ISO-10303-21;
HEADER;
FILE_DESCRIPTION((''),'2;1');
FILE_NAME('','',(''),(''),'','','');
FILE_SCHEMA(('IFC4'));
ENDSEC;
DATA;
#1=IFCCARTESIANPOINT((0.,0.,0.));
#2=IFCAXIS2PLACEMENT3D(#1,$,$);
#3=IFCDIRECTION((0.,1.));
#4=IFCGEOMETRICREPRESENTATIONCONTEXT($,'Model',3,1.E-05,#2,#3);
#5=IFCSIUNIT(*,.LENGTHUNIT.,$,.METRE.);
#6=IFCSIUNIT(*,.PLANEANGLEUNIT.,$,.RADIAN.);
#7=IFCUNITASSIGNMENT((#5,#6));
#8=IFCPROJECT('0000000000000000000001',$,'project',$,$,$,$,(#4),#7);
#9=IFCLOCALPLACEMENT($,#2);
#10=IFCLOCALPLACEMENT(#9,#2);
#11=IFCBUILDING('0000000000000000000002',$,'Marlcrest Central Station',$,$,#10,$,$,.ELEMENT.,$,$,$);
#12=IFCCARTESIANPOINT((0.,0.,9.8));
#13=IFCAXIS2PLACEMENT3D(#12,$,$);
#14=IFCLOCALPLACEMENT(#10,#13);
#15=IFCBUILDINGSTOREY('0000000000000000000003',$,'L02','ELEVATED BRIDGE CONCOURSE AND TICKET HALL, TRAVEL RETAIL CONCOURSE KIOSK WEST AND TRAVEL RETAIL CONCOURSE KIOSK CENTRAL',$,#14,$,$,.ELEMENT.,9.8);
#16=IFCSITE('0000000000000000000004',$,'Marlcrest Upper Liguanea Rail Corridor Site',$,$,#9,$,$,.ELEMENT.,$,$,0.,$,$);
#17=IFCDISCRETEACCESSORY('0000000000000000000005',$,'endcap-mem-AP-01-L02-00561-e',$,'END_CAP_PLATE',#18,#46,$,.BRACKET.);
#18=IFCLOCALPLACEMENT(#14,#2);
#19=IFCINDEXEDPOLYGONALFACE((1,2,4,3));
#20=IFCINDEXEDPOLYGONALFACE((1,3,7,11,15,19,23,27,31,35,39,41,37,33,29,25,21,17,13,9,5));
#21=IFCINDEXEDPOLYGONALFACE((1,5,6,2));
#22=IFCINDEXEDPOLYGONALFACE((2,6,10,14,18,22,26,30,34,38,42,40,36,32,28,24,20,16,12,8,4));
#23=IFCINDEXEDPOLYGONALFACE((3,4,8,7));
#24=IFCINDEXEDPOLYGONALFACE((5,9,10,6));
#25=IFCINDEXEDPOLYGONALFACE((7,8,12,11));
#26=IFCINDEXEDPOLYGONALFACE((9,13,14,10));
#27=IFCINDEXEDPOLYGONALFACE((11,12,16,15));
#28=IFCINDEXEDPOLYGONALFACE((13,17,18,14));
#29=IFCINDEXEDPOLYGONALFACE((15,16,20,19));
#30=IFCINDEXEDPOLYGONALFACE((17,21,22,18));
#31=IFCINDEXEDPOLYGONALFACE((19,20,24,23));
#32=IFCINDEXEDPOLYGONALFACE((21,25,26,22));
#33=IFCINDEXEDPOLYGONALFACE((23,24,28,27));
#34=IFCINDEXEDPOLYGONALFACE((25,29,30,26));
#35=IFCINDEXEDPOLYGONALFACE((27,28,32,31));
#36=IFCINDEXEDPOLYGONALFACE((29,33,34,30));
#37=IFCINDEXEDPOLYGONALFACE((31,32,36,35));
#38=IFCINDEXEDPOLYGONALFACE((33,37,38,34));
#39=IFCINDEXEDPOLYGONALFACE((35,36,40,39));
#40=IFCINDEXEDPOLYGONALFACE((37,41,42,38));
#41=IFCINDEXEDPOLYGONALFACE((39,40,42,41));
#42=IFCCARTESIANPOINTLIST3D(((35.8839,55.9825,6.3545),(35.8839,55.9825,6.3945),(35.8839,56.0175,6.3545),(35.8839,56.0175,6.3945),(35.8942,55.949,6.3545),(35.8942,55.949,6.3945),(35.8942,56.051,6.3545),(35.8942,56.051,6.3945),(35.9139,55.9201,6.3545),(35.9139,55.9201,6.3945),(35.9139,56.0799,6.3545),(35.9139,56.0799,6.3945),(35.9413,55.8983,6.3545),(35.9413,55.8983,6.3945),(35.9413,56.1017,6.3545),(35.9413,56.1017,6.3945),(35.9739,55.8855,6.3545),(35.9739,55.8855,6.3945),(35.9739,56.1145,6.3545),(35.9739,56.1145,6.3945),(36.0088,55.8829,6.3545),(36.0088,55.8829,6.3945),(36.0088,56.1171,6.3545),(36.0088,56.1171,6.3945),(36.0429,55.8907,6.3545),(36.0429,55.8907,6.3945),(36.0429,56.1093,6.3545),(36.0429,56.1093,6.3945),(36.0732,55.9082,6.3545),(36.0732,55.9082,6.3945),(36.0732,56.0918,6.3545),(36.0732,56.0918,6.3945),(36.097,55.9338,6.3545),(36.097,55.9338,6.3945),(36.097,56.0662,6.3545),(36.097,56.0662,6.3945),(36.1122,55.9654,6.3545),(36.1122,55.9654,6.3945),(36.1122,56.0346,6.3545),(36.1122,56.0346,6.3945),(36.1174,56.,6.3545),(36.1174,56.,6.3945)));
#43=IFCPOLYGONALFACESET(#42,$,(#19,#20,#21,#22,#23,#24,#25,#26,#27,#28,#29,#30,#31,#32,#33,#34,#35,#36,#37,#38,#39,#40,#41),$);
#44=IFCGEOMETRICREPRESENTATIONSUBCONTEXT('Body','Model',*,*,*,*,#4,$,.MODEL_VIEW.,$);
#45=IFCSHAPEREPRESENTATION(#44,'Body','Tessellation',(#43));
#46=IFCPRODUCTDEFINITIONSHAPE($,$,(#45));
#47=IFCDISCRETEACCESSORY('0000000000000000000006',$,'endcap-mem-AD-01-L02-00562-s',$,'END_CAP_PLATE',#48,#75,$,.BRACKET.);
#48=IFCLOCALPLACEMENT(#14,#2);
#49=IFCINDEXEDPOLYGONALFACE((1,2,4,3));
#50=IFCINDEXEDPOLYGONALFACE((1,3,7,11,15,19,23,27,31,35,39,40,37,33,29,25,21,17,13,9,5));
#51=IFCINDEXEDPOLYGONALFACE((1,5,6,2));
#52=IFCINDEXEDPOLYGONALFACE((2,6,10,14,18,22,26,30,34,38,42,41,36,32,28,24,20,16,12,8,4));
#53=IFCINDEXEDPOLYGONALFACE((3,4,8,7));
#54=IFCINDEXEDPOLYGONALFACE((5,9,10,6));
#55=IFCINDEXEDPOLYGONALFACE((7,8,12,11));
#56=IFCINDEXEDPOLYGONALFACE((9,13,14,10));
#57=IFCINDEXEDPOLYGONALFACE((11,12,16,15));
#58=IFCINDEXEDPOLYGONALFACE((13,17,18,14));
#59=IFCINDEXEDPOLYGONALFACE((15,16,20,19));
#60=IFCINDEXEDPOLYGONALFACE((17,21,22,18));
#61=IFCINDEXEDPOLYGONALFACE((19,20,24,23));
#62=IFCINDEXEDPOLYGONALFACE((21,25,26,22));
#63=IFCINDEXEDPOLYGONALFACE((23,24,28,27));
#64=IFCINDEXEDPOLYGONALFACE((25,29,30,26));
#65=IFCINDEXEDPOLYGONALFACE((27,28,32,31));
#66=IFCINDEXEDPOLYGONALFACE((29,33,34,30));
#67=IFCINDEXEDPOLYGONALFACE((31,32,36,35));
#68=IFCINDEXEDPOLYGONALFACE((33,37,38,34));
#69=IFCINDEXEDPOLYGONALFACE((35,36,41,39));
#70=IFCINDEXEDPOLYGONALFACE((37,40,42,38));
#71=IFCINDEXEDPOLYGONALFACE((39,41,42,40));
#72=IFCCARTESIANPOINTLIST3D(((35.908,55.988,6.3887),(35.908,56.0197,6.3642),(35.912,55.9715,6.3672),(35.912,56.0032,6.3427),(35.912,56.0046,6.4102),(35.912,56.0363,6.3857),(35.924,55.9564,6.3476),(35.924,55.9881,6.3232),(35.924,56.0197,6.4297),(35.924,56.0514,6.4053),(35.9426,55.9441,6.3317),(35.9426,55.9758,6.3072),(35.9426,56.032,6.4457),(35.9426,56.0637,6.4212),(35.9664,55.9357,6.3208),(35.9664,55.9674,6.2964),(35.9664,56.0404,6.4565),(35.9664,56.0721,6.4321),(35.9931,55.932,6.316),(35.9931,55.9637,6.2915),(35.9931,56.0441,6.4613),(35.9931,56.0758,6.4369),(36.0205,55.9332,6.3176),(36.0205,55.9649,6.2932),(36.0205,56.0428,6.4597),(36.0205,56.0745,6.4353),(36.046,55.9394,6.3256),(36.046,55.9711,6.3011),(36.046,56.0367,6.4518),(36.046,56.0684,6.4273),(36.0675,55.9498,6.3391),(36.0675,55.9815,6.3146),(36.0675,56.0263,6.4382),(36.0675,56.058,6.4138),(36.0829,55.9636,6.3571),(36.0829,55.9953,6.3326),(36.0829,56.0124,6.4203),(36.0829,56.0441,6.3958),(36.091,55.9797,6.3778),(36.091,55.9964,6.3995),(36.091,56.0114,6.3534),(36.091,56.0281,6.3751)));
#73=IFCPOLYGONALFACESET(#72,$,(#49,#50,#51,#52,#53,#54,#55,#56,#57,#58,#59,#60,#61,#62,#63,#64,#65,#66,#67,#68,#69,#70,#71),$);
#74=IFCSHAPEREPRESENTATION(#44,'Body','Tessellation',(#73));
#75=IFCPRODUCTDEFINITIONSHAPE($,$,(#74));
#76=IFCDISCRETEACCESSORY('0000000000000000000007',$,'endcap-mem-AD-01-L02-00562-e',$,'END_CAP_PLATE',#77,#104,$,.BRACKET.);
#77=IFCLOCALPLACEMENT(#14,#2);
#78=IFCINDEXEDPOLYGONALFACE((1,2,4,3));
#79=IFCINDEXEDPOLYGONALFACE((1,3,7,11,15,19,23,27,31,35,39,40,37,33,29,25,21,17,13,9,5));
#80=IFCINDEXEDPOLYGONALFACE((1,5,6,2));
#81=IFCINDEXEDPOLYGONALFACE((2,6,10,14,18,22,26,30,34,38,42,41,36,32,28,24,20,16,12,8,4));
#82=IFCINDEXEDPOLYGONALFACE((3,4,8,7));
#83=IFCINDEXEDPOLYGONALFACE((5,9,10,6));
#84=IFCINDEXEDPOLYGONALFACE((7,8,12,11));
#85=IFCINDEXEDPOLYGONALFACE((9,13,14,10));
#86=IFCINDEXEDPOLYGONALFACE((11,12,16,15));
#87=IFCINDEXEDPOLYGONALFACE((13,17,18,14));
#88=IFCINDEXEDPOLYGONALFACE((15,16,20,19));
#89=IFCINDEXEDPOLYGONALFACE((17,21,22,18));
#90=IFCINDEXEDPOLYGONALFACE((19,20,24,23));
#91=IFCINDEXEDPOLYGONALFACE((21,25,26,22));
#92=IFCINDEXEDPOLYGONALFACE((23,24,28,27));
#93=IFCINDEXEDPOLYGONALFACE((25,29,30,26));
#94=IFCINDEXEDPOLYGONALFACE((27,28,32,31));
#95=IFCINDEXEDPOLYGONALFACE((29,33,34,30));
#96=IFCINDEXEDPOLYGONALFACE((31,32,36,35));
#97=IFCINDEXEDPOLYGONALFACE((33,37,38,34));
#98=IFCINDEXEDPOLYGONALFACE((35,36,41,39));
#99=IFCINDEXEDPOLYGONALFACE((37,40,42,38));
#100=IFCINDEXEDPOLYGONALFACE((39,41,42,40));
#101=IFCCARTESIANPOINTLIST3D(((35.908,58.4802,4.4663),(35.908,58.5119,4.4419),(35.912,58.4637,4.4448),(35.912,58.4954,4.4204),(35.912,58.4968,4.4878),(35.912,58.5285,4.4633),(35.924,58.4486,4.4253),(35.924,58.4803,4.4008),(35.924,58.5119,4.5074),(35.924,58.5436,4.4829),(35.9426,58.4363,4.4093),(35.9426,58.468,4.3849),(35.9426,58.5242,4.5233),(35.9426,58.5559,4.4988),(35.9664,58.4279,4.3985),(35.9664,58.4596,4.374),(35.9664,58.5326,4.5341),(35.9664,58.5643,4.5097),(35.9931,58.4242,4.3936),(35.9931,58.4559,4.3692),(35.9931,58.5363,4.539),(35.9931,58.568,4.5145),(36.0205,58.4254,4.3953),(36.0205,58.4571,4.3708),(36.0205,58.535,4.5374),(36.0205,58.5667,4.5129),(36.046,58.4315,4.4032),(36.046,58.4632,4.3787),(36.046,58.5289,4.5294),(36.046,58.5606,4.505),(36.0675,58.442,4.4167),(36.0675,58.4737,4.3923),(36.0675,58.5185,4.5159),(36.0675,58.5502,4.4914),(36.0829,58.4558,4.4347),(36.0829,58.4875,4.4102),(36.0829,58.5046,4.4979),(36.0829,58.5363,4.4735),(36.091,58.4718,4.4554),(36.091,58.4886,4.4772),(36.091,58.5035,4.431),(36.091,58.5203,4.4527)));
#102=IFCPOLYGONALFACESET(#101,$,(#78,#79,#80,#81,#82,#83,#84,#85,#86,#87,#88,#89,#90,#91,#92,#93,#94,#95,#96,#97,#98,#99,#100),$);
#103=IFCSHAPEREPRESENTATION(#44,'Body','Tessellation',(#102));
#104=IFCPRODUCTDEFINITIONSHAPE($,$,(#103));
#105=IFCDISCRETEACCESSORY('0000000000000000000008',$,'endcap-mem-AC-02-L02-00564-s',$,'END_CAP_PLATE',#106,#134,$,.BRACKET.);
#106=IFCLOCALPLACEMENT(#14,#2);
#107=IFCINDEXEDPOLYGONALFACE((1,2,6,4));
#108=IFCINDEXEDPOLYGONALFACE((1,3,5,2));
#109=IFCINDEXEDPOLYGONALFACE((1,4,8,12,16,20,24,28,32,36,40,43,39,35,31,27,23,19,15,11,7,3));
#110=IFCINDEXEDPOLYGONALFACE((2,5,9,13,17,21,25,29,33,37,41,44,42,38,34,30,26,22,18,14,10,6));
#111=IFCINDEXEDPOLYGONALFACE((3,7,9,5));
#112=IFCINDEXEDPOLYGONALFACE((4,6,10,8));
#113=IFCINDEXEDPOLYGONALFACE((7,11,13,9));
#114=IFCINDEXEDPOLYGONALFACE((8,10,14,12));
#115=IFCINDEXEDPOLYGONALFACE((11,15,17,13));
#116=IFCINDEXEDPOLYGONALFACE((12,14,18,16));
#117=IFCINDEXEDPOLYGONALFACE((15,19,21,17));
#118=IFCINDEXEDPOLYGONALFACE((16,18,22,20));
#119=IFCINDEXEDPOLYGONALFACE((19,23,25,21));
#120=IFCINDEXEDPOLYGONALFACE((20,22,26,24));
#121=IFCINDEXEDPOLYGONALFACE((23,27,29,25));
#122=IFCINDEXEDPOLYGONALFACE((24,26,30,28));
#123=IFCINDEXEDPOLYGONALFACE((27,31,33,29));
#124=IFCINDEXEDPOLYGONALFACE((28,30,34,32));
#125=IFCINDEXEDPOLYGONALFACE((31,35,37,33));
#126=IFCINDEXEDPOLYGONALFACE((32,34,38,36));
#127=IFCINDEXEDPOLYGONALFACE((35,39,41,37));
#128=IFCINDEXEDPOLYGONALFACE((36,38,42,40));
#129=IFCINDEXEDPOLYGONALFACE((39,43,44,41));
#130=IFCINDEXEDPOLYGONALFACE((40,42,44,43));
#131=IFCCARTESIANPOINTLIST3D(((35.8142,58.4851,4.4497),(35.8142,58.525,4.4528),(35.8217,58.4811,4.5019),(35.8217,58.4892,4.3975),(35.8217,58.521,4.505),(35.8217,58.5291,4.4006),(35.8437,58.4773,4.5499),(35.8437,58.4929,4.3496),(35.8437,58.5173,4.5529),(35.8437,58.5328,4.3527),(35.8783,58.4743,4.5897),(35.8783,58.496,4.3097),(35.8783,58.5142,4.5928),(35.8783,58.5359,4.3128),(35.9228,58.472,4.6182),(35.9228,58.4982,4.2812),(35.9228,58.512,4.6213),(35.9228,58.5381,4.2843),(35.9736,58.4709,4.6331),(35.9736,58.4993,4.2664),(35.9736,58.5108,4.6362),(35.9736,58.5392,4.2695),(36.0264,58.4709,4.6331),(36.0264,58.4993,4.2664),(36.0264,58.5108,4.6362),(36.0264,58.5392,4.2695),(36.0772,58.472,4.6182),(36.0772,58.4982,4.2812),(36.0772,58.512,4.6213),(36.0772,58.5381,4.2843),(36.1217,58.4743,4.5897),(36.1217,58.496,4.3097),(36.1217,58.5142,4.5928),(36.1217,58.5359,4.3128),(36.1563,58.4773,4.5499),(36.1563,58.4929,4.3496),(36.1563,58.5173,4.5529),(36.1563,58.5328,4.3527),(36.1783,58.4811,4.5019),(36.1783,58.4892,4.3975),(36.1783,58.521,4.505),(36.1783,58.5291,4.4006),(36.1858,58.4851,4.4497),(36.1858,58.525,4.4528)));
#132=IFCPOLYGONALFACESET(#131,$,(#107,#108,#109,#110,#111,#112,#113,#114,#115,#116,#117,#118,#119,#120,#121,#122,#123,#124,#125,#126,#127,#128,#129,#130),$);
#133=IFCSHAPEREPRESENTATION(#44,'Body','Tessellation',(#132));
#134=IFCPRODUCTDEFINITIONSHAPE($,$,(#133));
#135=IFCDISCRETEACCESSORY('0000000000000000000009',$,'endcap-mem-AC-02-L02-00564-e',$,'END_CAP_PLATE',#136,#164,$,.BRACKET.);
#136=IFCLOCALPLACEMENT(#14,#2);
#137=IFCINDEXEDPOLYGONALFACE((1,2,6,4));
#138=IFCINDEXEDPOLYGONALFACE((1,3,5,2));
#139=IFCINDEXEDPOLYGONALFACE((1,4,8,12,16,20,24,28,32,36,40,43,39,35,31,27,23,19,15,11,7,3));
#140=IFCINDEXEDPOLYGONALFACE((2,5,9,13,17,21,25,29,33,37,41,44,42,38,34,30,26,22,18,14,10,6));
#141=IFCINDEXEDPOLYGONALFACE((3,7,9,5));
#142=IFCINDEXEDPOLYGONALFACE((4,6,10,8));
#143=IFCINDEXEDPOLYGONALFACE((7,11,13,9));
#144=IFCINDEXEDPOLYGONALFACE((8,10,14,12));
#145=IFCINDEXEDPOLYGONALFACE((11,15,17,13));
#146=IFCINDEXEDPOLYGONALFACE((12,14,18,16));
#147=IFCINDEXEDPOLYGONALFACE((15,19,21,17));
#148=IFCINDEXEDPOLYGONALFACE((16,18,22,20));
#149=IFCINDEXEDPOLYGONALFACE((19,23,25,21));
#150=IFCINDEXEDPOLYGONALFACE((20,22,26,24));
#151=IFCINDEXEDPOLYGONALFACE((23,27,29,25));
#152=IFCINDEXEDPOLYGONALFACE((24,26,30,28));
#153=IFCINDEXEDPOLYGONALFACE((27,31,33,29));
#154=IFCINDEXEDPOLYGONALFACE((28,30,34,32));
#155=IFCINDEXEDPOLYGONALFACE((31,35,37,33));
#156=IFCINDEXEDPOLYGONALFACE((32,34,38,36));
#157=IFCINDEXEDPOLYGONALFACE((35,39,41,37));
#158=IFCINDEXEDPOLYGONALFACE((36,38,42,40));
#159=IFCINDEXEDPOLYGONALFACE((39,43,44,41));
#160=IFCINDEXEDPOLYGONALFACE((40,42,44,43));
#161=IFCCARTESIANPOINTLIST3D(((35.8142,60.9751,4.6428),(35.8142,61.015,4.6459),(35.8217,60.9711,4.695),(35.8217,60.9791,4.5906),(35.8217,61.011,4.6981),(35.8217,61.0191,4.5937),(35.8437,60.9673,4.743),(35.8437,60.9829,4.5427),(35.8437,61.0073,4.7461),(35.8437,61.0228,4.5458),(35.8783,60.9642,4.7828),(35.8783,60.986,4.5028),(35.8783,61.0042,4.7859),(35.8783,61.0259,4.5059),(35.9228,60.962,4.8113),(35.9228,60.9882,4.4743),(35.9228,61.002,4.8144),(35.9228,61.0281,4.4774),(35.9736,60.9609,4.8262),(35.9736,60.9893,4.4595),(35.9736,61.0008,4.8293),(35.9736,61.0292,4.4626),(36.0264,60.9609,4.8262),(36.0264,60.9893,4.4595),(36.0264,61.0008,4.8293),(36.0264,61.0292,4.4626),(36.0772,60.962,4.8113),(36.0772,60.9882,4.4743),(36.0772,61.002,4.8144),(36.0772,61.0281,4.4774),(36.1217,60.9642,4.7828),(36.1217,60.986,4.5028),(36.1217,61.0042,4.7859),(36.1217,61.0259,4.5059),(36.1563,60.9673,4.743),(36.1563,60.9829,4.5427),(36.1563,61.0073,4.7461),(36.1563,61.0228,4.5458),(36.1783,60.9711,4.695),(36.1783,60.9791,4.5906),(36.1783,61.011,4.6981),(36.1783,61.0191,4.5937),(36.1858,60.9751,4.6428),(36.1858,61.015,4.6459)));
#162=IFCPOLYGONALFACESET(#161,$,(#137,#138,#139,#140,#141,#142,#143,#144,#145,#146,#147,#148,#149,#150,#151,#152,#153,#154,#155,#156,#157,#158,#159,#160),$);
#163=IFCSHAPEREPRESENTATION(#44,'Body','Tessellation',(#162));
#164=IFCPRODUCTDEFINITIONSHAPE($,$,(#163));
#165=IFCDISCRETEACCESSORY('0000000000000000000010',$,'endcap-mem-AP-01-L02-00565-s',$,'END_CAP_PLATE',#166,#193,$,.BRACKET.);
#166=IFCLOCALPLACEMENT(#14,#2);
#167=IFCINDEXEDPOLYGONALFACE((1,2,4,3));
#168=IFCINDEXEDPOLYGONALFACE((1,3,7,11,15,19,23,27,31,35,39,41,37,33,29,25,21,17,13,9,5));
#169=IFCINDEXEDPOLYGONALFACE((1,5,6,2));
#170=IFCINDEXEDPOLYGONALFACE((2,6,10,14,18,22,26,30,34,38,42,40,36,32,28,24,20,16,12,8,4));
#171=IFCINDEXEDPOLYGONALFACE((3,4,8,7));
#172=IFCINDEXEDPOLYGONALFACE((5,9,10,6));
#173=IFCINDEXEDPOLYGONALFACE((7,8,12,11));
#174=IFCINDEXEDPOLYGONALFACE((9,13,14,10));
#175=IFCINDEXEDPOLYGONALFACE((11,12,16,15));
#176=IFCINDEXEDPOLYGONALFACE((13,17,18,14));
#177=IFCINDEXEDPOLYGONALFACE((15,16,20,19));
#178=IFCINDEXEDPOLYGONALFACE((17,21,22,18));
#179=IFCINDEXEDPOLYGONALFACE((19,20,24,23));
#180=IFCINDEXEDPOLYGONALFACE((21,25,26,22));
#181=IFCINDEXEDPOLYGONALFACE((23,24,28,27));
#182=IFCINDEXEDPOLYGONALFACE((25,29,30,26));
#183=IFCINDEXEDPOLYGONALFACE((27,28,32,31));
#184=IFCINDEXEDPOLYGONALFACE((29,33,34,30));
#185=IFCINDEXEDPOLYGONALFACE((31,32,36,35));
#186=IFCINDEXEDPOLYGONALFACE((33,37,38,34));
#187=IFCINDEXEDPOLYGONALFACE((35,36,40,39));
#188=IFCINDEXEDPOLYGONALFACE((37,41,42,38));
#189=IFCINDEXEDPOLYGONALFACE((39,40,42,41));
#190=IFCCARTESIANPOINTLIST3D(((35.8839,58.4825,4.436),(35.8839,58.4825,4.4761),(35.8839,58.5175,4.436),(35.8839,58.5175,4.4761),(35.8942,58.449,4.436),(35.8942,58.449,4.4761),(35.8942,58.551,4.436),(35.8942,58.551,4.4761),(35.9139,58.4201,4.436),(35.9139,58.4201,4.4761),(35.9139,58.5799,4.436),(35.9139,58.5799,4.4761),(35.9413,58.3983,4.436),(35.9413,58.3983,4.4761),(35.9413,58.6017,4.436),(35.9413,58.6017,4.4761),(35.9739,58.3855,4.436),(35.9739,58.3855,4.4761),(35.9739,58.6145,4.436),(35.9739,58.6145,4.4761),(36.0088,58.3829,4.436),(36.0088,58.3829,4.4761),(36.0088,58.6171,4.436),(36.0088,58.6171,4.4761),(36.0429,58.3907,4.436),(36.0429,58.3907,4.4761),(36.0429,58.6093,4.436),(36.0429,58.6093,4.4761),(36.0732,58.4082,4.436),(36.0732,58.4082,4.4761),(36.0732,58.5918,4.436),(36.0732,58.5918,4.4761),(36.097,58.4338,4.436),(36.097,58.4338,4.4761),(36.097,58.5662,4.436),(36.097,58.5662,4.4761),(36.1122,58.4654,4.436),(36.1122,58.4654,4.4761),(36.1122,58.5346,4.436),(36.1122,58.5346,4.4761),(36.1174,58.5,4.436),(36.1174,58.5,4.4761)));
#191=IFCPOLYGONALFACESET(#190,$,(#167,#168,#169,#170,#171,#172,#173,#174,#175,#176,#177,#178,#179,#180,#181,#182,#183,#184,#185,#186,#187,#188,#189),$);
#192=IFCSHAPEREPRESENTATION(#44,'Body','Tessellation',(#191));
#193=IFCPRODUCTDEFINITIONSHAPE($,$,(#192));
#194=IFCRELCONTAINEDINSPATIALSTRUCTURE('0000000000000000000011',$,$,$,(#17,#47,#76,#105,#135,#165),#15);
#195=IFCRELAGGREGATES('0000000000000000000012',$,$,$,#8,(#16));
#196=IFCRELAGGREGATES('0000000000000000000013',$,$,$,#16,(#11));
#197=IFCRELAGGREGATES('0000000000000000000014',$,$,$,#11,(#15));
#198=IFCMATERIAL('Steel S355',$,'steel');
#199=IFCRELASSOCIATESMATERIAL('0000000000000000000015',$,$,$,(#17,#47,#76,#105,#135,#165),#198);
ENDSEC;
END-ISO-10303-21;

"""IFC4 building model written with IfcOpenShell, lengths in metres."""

from ifc_helpers import new_model, si_unit, direction, frame, origin, origin_2d, place, context, subcontext, project, spatial, circle, extrude, material, element, save


model = new_model("IFC4")

# Units and contexts
model_context = context("Model", 3, precision=1e-05, world=origin(), true_north=direction((0.0, 1.0)))
body_context = subcontext(model_context, "Body", "Model", "MODEL_VIEW")
ifc_project = project(units=[si_unit("LENGTHUNIT", "METRE"), si_unit("PLANEANGLEUNIT", "RADIAN")], contexts=[model_context])

# Site, building, storey
site_placement = place(None, origin())
site = spatial("IfcSite", under=ifc_project, at=site_placement, Name="Marlcrest Upper Liguanea Rail Corridor Site", CompositionType="ELEMENT", RefElevation=0.0)
building_placement = place(site_placement, origin())
building = spatial("IfcBuilding", under=site, at=building_placement, Name="Marlcrest Central Station", CompositionType="ELEMENT")
storey_placement = place(building_placement, frame((0.0, 0.0, 9.8)))
storey = spatial("IfcBuildingStorey", under=building, at=storey_placement, Name="L02", Description="ELEVATED BRIDGE CONCOURSE AND TICKET HALL, TRAVEL RETAIL CONCOURSE KIOSK WEST AND TRAVEL RETAIL CONCOURSE KIOSK CENTRAL", CompositionType="ELEMENT", Elevation=9.8)

# Shared definitions
ifc_material = material(Name="Steel S355", Category="steel")

# Discrete accessories
for number, where, z_axis, x_axis, name in (
    (1, (36.0, 56.0, 6.3545), (0.0, 0.0, 1.0), (1.0, 0.0, 0.0), "endcap-mem-AP-01-L02-00561-e"),
):
    element("IfcDiscreteAccessory", number, at=place(storey_placement, frame(where, z_axis=z_axis, x_axis=x_axis)), inside=storey, material=ifc_material, Name=name, ObjectType="END_CAP_PLATE", PredefinedType="BRACKET", context=body_context, shape_type="SweptSolid", body=[
        extrude(circle(Radius=0.1174, at=origin_2d()), origin(), (0.0, 0.0, 1.0), 0.04),
    ])
for number, where, z_axis, x_axis, name in (
    (2, (36.0, 55.988, 6.3887), (0.0, 0.791798, -0.610783), (-1.0, 0.0, 0.0), "endcap-mem-AD-01-L02-00562-s"),
    (3, (36.0, 58.4802, 4.4663), (0.0, 0.791798, -0.610783), (-1.0, 0.0, 0.0), "endcap-mem-AD-01-L02-00562-e"),
):
    element("IfcDiscreteAccessory", number, at=place(storey_placement, frame(where, z_axis=z_axis, x_axis=x_axis)), inside=storey, material=ifc_material, Name=name, ObjectType="END_CAP_PLATE", PredefinedType="BRACKET", context=body_context, shape_type="SweptSolid", body=[
        extrude(circle(Radius=0.092, at=origin_2d()), origin(), (0.0, 0.0, 1.0), 0.04),
    ])
for number, where, z_axis, x_axis, name in (
    (4, (36.0, 58.4851, 4.4497), (0.0, 0.997007, 0.077307), (-1.0, 0.0, 0.0), "endcap-mem-AC-02-L02-00564-s"),
    (5, (36.0, 60.9751, 4.6428), (0.0, 0.997007, 0.077307), (-1.0, 0.0, 0.0), "endcap-mem-AC-02-L02-00564-e"),
):
    element("IfcDiscreteAccessory", number, at=place(storey_placement, frame(where, z_axis=z_axis, x_axis=x_axis)), inside=storey, material=ifc_material, Name=name, ObjectType="END_CAP_PLATE", PredefinedType="BRACKET", context=body_context, shape_type="SweptSolid", body=[
        extrude(circle(Radius=0.1858, at=origin_2d()), origin(), (0.0, 0.0, 1.0), 0.04),
    ])
for number, where, z_axis, x_axis, name in (
    (6, (36.0, 58.5, 4.436), (0.0, 0.0, 1.0), (1.0, 0.0, 0.0), "endcap-mem-AP-01-L02-00565-s"),
):
    element("IfcDiscreteAccessory", number, at=place(storey_placement, frame(where, z_axis=z_axis, x_axis=x_axis)), inside=storey, material=ifc_material, Name=name, ObjectType="END_CAP_PLATE", PredefinedType="BRACKET", context=body_context, shape_type="SweptSolid", body=[
        extrude(circle(Radius=0.1174, at=origin_2d()), origin(), (0.0, 0.0, 1.0), 0.04),
    ])

save(model, "model.ifc")
